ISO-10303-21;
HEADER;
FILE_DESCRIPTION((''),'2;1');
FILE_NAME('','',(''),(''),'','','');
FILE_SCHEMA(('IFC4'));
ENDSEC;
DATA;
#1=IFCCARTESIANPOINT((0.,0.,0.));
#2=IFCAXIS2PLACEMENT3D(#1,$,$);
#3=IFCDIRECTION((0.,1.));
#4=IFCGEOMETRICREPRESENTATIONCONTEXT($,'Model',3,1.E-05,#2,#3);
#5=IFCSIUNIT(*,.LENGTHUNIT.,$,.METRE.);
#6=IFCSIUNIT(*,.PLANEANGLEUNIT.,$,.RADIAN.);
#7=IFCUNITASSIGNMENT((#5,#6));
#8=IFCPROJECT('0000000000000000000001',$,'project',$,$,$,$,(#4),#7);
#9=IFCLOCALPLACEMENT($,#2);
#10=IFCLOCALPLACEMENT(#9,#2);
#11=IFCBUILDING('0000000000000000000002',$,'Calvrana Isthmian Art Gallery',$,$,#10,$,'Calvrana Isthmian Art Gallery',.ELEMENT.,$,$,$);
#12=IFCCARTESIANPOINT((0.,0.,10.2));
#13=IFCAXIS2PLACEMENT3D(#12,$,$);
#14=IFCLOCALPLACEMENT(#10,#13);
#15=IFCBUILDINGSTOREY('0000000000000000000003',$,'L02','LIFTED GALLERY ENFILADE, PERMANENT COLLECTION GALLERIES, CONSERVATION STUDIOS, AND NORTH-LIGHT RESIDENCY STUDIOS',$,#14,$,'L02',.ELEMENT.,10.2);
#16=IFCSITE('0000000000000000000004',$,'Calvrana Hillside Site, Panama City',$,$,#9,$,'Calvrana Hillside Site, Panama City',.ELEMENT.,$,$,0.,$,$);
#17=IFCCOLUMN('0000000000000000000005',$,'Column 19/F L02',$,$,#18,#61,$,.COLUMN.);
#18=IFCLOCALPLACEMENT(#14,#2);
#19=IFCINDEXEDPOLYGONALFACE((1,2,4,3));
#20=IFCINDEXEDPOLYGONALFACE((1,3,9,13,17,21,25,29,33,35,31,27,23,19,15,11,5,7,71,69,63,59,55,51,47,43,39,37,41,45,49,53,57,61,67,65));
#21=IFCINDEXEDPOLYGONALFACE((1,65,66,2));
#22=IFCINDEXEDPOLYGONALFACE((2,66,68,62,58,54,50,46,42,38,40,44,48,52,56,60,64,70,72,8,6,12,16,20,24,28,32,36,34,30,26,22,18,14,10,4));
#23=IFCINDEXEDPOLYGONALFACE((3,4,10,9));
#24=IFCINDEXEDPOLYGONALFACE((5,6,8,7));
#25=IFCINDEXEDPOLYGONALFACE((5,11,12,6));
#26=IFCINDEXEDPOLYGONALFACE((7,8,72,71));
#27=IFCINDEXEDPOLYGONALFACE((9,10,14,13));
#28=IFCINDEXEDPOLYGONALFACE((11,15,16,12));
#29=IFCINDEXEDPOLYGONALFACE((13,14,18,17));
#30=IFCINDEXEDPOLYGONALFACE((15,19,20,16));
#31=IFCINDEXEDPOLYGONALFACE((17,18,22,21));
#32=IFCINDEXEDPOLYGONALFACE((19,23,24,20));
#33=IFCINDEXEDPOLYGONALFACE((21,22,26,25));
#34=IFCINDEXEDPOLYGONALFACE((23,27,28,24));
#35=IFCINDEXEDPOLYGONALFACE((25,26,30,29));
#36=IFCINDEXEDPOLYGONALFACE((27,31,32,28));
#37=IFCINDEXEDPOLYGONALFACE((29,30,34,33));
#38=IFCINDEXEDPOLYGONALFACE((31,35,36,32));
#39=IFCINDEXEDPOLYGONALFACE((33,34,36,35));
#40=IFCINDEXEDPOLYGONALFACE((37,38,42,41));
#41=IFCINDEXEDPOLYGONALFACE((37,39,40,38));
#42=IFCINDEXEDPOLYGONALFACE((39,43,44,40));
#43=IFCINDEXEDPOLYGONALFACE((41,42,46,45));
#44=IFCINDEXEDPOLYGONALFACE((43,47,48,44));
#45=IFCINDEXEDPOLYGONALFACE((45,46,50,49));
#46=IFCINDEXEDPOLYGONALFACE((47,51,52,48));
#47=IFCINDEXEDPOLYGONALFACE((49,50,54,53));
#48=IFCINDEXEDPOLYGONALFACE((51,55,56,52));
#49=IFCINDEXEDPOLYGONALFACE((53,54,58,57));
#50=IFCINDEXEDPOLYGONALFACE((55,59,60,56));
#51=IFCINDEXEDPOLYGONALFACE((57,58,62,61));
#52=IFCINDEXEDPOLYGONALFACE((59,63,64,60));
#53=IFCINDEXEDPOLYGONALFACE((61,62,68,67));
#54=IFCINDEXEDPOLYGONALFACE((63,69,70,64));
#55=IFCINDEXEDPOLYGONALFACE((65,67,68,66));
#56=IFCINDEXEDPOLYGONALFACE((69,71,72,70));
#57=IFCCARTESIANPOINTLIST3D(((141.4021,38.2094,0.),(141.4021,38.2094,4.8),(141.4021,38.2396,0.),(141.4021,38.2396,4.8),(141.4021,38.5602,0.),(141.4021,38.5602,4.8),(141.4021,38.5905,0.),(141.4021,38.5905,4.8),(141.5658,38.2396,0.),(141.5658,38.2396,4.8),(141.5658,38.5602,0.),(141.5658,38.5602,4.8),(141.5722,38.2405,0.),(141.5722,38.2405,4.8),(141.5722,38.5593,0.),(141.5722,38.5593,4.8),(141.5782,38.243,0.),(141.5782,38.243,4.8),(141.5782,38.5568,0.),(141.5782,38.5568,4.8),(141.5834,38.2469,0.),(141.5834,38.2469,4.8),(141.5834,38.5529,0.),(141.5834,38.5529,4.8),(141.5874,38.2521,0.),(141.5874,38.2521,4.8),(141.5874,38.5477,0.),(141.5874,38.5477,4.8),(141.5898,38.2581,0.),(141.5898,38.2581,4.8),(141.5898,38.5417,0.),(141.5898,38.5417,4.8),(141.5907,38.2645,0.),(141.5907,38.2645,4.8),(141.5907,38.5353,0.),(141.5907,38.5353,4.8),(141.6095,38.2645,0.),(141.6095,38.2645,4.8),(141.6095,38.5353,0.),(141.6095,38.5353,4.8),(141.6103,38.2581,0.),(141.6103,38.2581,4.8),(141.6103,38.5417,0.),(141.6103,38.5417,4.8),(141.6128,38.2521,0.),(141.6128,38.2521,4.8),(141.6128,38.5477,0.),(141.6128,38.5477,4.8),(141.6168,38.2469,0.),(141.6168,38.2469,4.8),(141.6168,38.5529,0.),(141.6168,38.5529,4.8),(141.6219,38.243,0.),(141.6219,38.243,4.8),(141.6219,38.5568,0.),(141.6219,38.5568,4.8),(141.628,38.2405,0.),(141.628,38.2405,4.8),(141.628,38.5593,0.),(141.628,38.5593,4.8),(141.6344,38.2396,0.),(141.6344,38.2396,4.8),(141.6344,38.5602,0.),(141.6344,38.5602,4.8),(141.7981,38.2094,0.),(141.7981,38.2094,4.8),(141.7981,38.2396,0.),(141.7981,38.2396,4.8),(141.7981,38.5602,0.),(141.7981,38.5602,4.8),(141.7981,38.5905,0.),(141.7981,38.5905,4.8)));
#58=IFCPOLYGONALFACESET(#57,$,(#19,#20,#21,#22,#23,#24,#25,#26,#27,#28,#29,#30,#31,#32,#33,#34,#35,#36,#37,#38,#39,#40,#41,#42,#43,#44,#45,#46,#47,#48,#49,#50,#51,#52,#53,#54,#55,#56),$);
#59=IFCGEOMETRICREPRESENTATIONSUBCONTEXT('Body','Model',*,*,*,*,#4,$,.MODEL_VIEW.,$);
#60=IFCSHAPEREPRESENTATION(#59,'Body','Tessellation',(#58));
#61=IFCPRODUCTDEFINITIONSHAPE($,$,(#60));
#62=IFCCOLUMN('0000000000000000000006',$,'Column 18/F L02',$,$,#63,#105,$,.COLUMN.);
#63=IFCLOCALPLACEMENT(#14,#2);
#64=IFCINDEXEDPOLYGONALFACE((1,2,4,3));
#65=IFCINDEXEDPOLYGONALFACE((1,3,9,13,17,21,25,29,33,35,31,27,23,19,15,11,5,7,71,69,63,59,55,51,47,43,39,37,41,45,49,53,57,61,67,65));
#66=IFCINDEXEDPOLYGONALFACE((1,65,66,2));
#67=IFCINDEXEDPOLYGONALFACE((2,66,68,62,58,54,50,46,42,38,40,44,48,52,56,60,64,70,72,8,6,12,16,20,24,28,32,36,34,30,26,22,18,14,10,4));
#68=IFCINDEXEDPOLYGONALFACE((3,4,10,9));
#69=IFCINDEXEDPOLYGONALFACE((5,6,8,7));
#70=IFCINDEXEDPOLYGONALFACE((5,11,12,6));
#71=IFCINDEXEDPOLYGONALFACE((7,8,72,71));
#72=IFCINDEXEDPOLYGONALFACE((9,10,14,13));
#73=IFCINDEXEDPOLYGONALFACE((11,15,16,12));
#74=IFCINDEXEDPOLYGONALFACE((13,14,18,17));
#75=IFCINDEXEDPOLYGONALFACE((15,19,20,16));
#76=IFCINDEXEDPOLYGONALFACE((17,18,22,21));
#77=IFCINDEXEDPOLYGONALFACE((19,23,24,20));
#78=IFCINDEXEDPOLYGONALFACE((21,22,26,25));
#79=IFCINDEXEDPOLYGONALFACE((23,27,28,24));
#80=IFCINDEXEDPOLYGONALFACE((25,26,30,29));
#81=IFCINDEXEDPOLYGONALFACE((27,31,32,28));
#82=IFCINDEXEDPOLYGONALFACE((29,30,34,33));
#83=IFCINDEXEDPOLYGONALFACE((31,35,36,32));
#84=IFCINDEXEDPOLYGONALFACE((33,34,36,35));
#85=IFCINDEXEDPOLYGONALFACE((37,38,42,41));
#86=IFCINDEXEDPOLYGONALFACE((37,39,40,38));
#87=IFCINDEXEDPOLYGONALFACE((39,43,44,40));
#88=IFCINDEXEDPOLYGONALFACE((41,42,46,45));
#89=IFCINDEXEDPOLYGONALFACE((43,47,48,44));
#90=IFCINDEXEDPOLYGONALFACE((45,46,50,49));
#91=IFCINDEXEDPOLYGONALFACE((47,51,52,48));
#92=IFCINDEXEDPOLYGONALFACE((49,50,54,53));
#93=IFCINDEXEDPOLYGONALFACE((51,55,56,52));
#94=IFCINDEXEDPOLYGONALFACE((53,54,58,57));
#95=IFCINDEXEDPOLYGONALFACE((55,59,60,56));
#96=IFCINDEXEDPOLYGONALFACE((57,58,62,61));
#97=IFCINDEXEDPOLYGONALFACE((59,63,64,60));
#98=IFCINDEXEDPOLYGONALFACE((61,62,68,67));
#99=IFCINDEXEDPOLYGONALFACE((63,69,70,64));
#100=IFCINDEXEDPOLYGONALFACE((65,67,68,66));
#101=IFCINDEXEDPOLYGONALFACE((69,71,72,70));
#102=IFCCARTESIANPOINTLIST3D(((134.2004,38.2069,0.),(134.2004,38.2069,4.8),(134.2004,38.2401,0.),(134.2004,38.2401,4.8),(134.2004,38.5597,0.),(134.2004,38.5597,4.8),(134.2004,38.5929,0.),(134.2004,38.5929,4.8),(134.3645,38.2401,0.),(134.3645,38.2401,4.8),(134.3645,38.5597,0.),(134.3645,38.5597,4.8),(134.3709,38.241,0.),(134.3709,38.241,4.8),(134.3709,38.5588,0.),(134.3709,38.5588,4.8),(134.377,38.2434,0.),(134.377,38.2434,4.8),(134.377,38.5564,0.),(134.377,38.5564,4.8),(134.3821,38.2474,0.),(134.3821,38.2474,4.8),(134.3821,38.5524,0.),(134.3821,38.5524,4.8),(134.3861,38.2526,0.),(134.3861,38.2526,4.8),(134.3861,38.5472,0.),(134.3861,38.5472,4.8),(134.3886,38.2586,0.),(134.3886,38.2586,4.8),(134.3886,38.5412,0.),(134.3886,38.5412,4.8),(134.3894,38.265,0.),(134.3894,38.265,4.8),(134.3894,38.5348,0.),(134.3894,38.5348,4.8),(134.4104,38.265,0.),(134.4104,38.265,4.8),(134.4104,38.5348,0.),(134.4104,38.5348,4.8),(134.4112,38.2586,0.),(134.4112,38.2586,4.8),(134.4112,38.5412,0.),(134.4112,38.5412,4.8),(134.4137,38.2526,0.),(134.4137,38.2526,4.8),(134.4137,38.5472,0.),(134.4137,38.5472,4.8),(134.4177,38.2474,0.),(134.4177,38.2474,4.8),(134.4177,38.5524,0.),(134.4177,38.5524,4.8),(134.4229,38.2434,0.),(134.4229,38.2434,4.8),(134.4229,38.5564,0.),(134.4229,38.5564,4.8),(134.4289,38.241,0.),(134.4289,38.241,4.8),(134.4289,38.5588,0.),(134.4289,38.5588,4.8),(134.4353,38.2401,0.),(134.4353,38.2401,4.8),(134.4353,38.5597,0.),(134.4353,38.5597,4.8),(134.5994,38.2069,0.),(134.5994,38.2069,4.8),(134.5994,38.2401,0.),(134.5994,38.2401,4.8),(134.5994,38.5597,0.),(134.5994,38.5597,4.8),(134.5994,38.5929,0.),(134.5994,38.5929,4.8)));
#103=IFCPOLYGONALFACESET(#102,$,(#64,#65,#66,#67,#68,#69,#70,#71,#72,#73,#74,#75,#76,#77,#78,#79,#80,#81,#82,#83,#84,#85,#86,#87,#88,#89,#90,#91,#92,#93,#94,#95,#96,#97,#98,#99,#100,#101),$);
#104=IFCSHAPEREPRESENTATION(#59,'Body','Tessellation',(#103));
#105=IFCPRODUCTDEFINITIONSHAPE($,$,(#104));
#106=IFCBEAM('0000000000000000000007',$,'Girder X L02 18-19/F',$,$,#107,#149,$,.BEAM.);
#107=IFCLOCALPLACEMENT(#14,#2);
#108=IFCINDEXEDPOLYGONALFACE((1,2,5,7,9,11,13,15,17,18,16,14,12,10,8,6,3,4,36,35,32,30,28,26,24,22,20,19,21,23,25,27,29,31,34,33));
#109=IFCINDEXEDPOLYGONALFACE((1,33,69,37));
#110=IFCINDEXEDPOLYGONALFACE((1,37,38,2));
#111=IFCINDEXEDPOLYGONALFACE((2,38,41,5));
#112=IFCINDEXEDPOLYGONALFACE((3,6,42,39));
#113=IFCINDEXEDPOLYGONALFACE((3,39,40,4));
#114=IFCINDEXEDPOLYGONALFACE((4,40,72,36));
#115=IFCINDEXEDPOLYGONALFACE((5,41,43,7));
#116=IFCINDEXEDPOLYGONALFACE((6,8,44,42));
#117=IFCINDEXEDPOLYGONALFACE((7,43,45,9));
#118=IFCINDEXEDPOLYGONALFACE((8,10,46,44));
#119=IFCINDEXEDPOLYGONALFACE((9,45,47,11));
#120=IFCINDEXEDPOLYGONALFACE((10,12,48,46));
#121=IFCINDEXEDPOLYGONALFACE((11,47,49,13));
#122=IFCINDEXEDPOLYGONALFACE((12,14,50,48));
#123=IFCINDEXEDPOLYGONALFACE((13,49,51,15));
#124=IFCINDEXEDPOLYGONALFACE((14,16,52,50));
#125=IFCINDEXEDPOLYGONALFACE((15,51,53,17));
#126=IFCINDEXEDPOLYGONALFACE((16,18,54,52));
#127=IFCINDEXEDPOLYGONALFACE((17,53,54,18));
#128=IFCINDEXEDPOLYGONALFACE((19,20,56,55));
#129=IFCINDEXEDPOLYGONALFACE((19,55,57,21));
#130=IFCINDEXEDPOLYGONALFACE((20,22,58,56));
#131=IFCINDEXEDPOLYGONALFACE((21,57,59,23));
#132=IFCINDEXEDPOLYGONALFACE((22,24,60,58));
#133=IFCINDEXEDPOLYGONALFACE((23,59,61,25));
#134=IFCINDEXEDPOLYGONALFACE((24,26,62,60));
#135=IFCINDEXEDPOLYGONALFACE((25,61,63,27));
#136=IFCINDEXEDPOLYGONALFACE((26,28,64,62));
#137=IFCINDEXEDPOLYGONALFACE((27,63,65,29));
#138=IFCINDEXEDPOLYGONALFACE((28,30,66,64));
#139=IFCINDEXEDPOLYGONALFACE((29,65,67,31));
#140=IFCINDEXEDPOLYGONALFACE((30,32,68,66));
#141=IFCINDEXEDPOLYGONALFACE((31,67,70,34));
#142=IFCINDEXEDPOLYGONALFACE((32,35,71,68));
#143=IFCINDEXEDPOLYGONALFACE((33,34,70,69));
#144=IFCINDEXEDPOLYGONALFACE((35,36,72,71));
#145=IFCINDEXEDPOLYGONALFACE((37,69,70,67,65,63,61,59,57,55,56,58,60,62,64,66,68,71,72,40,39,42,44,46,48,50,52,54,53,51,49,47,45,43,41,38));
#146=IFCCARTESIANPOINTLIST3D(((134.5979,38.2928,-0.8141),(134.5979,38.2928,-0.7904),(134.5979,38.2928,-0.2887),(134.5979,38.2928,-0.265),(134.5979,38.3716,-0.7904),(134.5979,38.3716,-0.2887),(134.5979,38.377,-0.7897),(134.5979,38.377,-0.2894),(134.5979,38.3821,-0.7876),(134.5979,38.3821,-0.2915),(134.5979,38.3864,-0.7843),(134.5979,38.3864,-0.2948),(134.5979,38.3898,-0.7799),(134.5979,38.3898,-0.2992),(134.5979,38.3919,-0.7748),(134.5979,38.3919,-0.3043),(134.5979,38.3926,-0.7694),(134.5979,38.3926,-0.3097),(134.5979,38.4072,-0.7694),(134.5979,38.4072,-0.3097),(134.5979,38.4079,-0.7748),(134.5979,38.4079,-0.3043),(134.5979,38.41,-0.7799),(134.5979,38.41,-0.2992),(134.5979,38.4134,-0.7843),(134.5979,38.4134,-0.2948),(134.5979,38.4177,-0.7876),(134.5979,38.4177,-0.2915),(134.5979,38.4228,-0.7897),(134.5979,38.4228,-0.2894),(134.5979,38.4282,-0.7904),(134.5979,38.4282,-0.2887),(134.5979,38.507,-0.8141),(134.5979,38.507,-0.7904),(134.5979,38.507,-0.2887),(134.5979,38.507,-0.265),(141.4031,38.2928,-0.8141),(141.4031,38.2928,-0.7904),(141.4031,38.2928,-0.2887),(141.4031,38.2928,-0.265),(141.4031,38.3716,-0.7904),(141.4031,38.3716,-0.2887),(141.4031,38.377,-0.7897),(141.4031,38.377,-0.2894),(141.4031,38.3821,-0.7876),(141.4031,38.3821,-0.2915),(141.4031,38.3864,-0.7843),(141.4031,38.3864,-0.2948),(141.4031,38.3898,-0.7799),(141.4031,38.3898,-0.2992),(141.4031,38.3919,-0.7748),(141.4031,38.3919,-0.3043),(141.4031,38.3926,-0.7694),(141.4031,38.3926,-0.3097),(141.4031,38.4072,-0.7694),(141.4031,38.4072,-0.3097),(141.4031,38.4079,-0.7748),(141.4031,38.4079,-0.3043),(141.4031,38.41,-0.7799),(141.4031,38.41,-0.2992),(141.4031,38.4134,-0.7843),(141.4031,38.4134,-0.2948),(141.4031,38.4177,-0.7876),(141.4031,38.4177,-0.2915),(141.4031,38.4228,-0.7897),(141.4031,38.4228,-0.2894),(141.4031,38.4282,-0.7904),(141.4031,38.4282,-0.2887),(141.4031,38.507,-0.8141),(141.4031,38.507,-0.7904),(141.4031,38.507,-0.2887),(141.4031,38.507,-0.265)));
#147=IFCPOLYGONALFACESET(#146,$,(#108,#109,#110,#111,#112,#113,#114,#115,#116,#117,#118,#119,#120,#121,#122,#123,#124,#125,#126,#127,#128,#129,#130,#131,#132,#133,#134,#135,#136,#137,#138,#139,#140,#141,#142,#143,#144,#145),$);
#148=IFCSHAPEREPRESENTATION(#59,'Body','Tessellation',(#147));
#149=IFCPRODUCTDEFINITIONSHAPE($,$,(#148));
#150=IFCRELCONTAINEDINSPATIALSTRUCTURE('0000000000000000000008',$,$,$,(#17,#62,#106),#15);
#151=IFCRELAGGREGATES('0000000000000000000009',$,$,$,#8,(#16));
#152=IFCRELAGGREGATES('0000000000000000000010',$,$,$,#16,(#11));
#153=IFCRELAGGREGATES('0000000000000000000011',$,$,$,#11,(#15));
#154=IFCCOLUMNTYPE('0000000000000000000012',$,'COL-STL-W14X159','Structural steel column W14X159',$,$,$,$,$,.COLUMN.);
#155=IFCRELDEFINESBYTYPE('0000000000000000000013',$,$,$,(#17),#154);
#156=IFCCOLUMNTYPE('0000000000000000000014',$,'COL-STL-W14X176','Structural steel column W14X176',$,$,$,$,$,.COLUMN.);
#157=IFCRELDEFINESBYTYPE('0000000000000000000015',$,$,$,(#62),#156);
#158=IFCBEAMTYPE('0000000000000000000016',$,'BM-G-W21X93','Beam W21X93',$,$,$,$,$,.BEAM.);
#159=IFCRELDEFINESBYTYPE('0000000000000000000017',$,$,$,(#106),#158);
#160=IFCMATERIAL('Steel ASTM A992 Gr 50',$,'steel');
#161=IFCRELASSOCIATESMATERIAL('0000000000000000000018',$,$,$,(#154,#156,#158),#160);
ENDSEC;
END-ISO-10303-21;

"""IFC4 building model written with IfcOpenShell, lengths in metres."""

from ifc_helpers import new_model, si_unit, direction, frame, origin, origin_2d, place, context, subcontext, project, spatial, i_section, extrude, material, material_profile, profile_set, type_object, element, save


model = new_model("IFC4")

# Units and contexts
model_context = context("Model", 3, precision=1e-05, world=origin(), true_north=direction((0.0, 1.0)))
body_context = subcontext(model_context, "Body", "Model", "MODEL_VIEW")
ifc_project = project(units=[si_unit("LENGTHUNIT", "METRE"), si_unit("PLANEANGLEUNIT", "RADIAN")], contexts=[model_context])

# Site, building, storey
site_placement = place(None, origin())
site = spatial("IfcSite", under=ifc_project, at=site_placement, Name="Calvrana Hillside Site, Panama City", LongName="Calvrana Hillside Site, Panama City", CompositionType="ELEMENT", RefElevation=0.0)
building_placement = place(site_placement, origin())
building = spatial("IfcBuilding", under=site, at=building_placement, Name="Calvrana Isthmian Art Gallery", LongName="Calvrana Isthmian Art Gallery", CompositionType="ELEMENT")
storey_placement = place(building_placement, frame((0.0, 0.0, 10.2)))
storey = spatial("IfcBuildingStorey", under=building, at=storey_placement, Name="L02", Description="LIFTED GALLERY ENFILADE, PERMANENT COLLECTION GALLERIES, CONSERVATION STUDIOS, AND NORTH-LIGHT RESIDENCY STUDIOS", LongName="L02", CompositionType="ELEMENT", Elevation=10.2)

# Columns
ifc_material_1 = material(Name="Steel ASTM A992 Gr 50", Category="steel")
ifc_material_profile_1 = material_profile(ifc_material_1, i_section(OverallWidth=0.396, OverallDepth=0.3811, WebThickness=0.0188, FlangeThickness=0.0303, FilletRadius=0.0249, at=origin_2d()), Name="W14X159")
ifc_profile_set_1 = profile_set([ifc_material_profile_1], Name="Steel ASTM A992 Gr 50")
column_type_1 = type_object("IfcColumnType", Name="COL-STL-W14X159", Description="Structural steel column W14X159", PredefinedType="COLUMN", material=ifc_profile_set_1)
column_1_placement = place(storey_placement, frame((141.6001, 38.3999, 0.0), z_axis=(0.0, 0.0, 1.0), x_axis=(1.0, 0.0, 0.0)))
element("IfcColumn", 1, at=column_1_placement, inside=storey, type_object=column_type_1, Name="Column 19/F L02", PredefinedType="COLUMN", context=body_context, shape_type="SweptSolid", body=[
    extrude(i_section(OverallWidth=0.396, OverallDepth=0.3811, WebThickness=0.0188, FlangeThickness=0.0303, FilletRadius=0.0249, at=origin_2d()), origin(), (0.0, 0.0, 1.0), 4.8),
])
ifc_material_profile_2 = material_profile(ifc_material_1, i_section(OverallWidth=0.3989, OverallDepth=0.386, WebThickness=0.021, FlangeThickness=0.0332, FilletRadius=0.0249, at=origin_2d()), Name="W14X176")
ifc_profile_set_2 = profile_set([ifc_material_profile_2], Name="Steel ASTM A992 Gr 50")
column_type_2 = type_object("IfcColumnType", Name="COL-STL-W14X176", Description="Structural steel column W14X176", PredefinedType="COLUMN", material=ifc_profile_set_2)
column_2_placement = place(storey_placement, frame((134.3999, 38.3999, 0.0), z_axis=(0.0, 0.0, 1.0), x_axis=(1.0, 0.0, 0.0)))
element("IfcColumn", 2, at=column_2_placement, inside=storey, type_object=column_type_2, Name="Column 18/F L02", PredefinedType="COLUMN", context=body_context, shape_type="SweptSolid", body=[
    extrude(i_section(OverallWidth=0.3989, OverallDepth=0.386, WebThickness=0.021, FlangeThickness=0.0332, FilletRadius=0.0249, at=origin_2d()), origin(), (0.0, 0.0, 1.0), 4.8),
])

# Beam
ifc_material_profile_3 = material_profile(ifc_material_1, i_section(OverallWidth=0.2141, OverallDepth=0.5491, WebThickness=0.0146, FlangeThickness=0.0237, FilletRadius=0.021, at=origin_2d()), Name="W21X93")
ifc_profile_set_3 = profile_set([ifc_material_profile_3], Name="Steel ASTM A992 Gr 50")
beam_type_1 = type_object("IfcBeamType", Name="BM-G-W21X93", Description="Beam W21X93", PredefinedType="BEAM", material=ifc_profile_set_3)
beam_1_placement = place(storey_placement, frame((134.5979, 38.3999, -0.5396), z_axis=(1.0, 0.0, 0.0), x_axis=(0.0, 1.0, 0.0)))
element("IfcBeam", 3, at=beam_1_placement, inside=storey, type_object=beam_type_1, Name="Girder X L02 18-19/F", PredefinedType="BEAM", context=body_context, shape_type="SweptSolid", body=[
    extrude(i_section(OverallWidth=0.2141, OverallDepth=0.5491, WebThickness=0.0146, FlangeThickness=0.0237, FilletRadius=0.021, at=origin_2d()), origin(), (0.0, 0.0, 1.0), 6.8052),
])

save(model, "model.ifc")
